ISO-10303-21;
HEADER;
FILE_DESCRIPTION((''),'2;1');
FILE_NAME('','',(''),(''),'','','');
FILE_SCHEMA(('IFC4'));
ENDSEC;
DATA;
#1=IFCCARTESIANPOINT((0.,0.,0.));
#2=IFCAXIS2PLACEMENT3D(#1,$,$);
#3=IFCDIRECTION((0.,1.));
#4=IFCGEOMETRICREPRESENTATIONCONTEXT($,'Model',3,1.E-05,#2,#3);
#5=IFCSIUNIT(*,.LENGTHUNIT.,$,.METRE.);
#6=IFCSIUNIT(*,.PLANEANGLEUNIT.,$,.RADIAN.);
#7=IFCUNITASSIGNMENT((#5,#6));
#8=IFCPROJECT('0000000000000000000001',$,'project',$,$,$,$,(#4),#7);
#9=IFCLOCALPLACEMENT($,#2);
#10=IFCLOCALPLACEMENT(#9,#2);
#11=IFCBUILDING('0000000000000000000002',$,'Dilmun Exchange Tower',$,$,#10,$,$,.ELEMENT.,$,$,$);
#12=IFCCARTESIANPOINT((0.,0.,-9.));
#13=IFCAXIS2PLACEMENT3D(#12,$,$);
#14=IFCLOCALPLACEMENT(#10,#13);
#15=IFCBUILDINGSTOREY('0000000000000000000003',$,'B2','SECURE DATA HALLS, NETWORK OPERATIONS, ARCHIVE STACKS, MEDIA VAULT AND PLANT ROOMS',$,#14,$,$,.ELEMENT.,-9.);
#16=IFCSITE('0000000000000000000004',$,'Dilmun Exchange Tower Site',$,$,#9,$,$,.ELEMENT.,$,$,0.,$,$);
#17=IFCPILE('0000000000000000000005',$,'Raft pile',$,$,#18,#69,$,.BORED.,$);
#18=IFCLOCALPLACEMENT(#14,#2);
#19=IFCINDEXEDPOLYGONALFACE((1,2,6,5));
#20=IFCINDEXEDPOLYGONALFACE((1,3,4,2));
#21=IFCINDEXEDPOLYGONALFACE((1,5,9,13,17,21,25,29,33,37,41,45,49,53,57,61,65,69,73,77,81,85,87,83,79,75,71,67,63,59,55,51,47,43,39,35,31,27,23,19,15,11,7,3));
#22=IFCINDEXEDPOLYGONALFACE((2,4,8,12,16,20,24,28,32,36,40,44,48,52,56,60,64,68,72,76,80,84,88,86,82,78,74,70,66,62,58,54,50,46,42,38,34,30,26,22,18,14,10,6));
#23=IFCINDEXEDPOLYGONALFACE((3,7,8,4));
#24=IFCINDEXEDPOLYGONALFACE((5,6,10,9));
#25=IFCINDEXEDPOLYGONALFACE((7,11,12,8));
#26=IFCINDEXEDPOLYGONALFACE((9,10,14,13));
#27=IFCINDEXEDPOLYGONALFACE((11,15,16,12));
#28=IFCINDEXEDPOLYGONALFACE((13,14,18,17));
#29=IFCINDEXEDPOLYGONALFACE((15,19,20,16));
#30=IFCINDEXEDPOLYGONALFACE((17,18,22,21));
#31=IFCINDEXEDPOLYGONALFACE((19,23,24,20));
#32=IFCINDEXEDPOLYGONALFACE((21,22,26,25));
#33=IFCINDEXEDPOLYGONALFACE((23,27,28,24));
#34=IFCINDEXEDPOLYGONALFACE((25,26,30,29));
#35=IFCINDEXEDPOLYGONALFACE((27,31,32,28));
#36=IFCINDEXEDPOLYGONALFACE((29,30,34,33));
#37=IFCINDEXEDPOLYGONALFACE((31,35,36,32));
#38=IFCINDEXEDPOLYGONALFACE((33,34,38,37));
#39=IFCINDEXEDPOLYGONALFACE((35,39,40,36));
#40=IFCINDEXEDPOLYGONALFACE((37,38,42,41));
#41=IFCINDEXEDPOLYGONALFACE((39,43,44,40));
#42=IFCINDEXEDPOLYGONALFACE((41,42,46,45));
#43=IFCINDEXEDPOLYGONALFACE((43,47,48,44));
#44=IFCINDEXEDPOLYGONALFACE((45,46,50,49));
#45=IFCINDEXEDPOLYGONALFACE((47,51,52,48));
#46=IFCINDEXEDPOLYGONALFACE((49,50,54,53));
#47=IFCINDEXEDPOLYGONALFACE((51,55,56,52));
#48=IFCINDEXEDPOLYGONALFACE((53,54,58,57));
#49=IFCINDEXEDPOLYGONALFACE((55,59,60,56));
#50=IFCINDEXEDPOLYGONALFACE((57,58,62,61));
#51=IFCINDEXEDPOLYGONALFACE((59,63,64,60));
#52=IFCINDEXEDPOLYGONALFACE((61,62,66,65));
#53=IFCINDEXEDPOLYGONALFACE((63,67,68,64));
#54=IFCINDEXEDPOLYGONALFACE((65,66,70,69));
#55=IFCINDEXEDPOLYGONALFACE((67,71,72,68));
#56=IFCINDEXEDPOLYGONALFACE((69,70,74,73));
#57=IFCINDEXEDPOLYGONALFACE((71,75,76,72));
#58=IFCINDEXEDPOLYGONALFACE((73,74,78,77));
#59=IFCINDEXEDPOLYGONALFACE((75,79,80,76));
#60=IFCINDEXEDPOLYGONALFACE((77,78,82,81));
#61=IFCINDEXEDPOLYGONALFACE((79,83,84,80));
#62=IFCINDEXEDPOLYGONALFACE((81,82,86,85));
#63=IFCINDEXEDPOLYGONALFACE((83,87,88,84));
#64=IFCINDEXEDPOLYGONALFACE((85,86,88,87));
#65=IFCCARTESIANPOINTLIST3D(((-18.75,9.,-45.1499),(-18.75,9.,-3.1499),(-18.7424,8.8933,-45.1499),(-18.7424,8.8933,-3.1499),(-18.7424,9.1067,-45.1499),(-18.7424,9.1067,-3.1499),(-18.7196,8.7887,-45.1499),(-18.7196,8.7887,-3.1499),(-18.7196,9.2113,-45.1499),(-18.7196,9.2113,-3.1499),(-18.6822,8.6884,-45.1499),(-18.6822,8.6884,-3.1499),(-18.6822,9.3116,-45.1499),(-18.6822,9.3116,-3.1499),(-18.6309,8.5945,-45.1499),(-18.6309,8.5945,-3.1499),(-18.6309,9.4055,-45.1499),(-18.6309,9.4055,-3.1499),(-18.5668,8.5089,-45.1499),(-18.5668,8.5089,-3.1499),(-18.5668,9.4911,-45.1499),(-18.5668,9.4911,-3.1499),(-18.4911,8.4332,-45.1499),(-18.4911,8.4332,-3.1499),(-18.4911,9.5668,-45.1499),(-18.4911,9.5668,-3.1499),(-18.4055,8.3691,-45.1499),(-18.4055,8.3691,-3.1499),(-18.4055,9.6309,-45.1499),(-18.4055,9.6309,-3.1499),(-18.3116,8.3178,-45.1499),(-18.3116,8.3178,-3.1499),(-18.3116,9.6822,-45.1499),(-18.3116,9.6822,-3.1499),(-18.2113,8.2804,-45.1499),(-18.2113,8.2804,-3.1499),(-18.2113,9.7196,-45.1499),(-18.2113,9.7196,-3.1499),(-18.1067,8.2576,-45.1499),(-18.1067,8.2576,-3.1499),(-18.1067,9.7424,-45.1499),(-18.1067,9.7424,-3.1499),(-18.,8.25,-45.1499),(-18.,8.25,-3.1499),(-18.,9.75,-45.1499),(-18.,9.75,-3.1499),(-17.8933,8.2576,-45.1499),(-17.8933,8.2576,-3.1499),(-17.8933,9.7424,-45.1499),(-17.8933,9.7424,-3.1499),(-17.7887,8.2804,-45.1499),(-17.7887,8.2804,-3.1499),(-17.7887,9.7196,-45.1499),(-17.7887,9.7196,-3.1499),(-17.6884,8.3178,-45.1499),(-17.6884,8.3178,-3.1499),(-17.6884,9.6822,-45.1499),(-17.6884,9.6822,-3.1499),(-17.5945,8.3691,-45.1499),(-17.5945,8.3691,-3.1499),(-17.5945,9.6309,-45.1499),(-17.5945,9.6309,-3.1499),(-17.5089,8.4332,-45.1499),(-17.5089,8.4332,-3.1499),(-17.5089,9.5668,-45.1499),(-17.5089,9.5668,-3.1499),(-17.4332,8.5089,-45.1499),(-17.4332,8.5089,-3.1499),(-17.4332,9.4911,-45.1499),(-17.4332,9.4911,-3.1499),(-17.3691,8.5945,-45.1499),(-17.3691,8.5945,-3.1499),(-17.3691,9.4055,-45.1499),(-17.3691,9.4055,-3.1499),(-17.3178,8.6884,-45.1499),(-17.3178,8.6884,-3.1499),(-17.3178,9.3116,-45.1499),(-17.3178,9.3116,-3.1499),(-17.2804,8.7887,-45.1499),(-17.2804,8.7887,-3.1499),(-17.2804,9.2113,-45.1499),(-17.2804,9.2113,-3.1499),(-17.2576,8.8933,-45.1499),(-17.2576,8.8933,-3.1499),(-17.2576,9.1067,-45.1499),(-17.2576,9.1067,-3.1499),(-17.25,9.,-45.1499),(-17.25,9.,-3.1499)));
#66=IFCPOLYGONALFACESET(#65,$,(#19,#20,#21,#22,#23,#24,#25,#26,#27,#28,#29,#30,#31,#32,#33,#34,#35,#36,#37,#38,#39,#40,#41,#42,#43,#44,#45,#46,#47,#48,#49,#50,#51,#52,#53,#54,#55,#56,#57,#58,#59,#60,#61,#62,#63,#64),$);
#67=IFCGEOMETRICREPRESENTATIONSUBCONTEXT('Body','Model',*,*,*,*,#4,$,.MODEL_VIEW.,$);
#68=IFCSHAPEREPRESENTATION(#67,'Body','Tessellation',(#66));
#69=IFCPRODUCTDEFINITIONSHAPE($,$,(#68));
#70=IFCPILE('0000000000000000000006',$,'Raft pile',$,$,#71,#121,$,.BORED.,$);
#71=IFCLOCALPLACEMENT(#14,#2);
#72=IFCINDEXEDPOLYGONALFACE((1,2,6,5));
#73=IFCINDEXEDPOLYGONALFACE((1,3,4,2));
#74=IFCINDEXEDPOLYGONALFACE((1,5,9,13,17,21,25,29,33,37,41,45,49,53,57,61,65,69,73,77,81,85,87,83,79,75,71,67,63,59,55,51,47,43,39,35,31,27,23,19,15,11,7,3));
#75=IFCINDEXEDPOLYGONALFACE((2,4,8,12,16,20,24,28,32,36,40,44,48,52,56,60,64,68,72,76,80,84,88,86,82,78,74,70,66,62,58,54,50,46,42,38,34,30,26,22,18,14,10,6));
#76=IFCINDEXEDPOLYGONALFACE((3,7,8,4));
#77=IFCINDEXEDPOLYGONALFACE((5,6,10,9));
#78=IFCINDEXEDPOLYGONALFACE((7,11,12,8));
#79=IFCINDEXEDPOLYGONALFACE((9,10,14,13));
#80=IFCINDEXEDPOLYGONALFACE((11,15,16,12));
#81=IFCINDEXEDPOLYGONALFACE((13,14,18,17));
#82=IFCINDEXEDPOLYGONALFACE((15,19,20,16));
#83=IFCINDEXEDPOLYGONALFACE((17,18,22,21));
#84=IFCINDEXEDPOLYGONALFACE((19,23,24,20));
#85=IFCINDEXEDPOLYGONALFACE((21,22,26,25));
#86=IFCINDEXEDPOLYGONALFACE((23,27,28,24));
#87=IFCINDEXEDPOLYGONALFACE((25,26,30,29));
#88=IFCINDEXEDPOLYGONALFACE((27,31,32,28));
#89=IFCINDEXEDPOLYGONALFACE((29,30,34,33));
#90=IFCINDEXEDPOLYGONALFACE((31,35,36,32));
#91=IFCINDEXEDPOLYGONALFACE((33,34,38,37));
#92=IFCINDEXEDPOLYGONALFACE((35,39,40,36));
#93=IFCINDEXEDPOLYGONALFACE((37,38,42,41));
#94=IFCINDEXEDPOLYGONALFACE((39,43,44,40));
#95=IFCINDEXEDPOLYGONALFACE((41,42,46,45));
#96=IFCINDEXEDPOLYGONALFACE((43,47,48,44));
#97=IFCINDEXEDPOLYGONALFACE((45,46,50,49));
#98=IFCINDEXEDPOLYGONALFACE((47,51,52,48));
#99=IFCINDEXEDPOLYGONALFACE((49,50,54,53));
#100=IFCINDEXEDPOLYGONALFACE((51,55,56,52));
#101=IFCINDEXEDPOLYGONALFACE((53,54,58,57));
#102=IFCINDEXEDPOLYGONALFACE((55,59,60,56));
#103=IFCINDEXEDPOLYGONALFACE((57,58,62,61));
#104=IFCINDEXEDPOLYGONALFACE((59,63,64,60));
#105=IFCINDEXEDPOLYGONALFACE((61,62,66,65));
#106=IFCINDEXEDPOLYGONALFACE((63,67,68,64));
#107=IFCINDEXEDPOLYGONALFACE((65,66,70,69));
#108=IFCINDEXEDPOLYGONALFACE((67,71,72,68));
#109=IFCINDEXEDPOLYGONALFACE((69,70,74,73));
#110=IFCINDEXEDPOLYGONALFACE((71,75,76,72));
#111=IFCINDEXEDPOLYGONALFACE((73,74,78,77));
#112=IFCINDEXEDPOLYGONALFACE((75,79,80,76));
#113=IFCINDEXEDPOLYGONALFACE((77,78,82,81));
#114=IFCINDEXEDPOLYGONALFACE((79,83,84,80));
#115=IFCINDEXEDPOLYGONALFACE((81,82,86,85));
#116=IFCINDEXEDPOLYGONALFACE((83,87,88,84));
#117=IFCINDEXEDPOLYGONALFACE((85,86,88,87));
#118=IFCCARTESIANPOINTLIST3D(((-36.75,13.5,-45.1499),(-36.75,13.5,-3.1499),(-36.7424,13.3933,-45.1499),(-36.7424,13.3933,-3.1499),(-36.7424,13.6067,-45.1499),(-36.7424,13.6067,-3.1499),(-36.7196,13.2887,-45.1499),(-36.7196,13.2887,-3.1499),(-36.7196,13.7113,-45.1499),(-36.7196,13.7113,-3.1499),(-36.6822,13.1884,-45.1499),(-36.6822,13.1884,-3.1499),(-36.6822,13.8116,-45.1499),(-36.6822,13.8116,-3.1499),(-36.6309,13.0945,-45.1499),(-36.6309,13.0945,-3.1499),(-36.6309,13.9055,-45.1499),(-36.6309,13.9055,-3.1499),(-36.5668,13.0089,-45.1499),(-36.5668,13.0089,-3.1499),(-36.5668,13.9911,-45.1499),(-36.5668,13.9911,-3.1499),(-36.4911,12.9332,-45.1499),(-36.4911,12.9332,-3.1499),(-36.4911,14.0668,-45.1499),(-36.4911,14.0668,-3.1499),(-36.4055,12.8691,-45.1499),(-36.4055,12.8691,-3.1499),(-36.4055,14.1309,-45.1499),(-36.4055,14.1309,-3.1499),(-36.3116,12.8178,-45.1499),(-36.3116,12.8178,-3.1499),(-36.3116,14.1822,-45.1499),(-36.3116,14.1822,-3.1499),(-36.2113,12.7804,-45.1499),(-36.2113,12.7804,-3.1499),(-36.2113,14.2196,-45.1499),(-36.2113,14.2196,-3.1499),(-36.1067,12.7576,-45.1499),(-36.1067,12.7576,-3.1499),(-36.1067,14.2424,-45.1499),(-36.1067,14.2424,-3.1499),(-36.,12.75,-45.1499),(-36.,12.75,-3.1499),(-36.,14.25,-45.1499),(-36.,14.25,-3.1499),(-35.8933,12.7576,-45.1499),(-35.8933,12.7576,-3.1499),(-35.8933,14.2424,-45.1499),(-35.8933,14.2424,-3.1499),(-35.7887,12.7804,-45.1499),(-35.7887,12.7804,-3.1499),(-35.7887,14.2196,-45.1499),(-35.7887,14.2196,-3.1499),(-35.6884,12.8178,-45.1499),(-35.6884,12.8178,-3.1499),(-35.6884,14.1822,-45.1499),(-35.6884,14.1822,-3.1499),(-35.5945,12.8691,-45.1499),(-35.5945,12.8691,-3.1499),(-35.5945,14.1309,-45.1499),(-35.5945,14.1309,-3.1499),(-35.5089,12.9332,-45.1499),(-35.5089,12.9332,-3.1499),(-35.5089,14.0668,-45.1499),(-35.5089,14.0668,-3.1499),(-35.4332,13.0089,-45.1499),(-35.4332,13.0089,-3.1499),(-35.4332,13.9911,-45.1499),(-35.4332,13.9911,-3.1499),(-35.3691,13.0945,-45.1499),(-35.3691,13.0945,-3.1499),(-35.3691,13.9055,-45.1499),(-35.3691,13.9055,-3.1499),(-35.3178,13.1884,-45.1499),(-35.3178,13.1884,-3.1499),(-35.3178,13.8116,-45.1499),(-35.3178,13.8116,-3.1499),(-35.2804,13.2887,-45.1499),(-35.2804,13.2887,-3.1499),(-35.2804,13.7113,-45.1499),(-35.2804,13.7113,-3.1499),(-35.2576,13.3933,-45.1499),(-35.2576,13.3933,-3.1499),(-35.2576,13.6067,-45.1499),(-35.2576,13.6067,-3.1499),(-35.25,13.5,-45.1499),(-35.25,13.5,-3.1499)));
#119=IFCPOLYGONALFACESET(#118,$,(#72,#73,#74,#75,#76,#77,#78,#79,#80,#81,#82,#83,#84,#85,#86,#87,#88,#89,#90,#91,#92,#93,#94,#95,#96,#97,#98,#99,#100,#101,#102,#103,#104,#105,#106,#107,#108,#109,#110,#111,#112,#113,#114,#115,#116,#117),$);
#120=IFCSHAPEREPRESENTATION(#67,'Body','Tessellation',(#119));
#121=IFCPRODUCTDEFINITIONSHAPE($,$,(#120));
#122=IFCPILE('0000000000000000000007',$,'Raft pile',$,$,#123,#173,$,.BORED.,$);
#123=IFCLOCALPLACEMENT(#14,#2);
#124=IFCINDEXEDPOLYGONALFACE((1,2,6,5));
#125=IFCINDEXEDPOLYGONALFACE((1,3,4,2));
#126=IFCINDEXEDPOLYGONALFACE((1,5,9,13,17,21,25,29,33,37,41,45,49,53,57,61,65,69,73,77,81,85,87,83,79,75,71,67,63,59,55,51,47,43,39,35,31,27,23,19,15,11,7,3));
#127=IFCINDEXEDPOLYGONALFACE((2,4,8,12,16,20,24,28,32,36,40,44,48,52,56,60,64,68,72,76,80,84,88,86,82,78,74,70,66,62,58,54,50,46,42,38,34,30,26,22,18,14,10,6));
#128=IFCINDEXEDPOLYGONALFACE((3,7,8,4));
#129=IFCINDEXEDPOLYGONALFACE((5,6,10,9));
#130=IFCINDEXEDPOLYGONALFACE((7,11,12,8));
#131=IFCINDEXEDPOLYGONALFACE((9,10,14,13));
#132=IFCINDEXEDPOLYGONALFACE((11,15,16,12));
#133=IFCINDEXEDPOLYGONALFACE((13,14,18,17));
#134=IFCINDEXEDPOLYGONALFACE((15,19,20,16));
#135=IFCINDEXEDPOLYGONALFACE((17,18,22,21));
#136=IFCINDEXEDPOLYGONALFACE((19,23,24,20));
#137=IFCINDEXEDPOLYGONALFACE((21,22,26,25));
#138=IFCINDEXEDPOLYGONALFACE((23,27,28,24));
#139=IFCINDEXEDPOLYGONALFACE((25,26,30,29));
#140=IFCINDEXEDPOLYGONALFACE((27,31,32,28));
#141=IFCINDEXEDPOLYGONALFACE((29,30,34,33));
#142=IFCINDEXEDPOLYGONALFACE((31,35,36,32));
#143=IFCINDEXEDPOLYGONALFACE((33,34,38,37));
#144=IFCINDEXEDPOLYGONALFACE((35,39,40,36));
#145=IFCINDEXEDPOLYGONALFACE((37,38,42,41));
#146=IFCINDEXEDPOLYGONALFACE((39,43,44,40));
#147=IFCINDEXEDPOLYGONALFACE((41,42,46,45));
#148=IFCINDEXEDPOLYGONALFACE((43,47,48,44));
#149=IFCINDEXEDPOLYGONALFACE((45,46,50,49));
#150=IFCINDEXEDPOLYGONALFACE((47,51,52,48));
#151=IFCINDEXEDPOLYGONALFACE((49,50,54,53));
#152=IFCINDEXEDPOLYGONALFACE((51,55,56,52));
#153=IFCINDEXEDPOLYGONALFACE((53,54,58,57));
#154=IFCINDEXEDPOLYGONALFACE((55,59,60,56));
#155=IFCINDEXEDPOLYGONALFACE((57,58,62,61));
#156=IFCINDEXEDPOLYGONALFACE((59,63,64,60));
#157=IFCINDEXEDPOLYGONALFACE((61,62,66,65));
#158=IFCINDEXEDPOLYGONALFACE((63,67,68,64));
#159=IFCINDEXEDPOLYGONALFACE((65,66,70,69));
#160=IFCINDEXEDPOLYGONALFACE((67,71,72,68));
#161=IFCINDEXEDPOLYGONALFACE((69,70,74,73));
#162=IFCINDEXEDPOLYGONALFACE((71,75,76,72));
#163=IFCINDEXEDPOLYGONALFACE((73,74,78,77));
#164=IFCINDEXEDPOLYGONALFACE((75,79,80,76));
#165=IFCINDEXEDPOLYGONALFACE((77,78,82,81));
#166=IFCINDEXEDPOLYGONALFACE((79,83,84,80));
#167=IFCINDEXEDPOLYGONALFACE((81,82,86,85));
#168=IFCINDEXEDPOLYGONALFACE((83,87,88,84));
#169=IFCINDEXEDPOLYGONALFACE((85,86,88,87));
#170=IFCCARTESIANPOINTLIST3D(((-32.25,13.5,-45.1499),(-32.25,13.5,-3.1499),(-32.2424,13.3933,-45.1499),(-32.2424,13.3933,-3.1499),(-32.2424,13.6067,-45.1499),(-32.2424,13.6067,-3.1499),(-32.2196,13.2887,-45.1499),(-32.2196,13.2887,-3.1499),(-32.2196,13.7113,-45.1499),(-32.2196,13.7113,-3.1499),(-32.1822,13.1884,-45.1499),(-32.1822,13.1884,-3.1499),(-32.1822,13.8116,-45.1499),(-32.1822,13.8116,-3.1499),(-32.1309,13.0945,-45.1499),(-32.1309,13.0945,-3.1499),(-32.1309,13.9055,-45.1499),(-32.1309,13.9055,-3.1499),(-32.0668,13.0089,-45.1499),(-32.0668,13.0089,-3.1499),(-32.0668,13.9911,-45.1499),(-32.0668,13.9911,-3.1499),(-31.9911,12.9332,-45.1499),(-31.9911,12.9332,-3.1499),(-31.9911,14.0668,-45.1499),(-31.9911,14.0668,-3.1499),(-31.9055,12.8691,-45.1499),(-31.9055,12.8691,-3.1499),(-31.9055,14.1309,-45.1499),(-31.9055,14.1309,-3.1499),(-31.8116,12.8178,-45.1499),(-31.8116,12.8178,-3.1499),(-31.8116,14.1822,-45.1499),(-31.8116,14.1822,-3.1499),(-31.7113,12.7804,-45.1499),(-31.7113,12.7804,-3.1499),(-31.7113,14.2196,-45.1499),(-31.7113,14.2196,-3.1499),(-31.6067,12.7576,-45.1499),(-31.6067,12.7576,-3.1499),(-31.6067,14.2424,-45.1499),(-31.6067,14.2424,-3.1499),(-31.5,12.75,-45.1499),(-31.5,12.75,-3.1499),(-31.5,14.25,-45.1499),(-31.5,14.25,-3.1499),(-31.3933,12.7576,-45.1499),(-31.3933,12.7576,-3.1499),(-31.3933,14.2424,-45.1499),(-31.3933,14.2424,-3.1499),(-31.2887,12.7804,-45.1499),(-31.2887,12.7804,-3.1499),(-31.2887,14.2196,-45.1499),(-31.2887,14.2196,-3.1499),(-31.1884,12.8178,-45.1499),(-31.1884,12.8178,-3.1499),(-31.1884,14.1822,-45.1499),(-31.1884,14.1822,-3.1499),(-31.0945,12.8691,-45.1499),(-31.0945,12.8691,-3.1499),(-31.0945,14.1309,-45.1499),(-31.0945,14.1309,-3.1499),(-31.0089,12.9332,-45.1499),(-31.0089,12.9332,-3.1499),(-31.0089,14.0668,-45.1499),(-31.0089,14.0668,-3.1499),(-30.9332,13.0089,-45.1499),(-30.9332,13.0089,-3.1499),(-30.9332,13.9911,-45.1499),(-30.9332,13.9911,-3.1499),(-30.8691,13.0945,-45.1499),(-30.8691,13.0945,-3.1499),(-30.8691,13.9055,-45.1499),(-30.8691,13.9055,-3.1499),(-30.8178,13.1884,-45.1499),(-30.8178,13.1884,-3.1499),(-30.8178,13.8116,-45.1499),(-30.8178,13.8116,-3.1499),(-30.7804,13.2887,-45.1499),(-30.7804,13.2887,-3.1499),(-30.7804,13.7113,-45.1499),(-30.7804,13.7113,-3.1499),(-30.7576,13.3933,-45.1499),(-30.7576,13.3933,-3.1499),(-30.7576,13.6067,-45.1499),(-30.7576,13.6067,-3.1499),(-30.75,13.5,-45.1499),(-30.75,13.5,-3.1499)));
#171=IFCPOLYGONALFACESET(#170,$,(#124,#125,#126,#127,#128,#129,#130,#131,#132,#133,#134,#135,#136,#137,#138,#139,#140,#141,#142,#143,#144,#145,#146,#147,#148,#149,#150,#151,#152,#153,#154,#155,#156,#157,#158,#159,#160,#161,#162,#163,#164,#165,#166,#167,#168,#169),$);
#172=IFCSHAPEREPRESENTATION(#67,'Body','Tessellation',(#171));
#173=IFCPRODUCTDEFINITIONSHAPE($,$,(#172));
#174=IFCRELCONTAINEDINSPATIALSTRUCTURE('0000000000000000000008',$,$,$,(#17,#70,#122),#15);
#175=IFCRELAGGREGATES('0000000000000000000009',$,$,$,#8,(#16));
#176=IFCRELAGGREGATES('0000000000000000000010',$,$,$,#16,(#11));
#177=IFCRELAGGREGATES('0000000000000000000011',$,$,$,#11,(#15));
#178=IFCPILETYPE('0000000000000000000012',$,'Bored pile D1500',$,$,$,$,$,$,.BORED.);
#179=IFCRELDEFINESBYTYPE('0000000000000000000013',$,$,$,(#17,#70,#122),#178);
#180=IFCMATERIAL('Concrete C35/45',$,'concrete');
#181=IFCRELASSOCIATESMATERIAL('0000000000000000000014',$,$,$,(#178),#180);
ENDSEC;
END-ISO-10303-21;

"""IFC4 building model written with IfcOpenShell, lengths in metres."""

from ifc_helpers import new_model, si_unit, direction, frame, origin, origin_2d, place, context, subcontext, project, spatial, circle, extrude, material, material_profile, profile_set, type_object, element, save


model = new_model("IFC4")

# Units and contexts
model_context = context("Model", 3, precision=1e-05, world=origin(), true_north=direction((0.0, 1.0)))
body_context = subcontext(model_context, "Body", "Model", "MODEL_VIEW")
ifc_project = project(units=[si_unit("LENGTHUNIT", "METRE"), si_unit("PLANEANGLEUNIT", "RADIAN")], contexts=[model_context])

# Site, building, storey
site_placement = place(None, origin())
site = spatial("IfcSite", under=ifc_project, at=site_placement, Name="Dilmun Exchange Tower Site", CompositionType="ELEMENT", RefElevation=0.0)
building_placement = place(site_placement, origin())
building = spatial("IfcBuilding", under=site, at=building_placement, Name="Dilmun Exchange Tower", CompositionType="ELEMENT")
storey_placement = place(building_placement, frame((0.0, 0.0, -9.0)))
storey = spatial("IfcBuildingStorey", under=building, at=storey_placement, Name="B2", Description="SECURE DATA HALLS, NETWORK OPERATIONS, ARCHIVE STACKS, MEDIA VAULT AND PLANT ROOMS", CompositionType="ELEMENT", Elevation=-9.0)

# Piles
ifc_material_1 = material(Name="Concrete C35/45", Category="concrete")
ifc_material_profile_1 = material_profile(ifc_material_1, circle(Radius=0.75, at=origin_2d()), Name="D1500")
ifc_profile_set_1 = profile_set([ifc_material_profile_1], Name="Concrete C35/45")
pile_type = type_object("IfcPileType", Name="Bored pile D1500", PredefinedType="BORED", material=ifc_profile_set_1)
for number, where, z_axis, x_axis, name in (
    (1, (-18.0, 9.0, -3.1499), (0.0, 0.0, -1.0), (1.0, 0.0, 0.0), "Raft pile"),
    (2, (-36.0, 13.5, -3.1499), (0.0, 0.0, -1.0), (1.0, 0.0, 0.0), "Raft pile"),
    (3, (-31.5, 13.5, -3.1499), (0.0, 0.0, -1.0), (1.0, 0.0, 0.0), "Raft pile"),
):
    element("IfcPile", number, at=place(storey_placement, frame(where, z_axis=z_axis, x_axis=x_axis)), inside=storey, type_object=pile_type, Name=name, PredefinedType="BORED", context=body_context, shape_type="SweptSolid", body=[
        extrude(circle(Radius=0.75, at=origin_2d()), origin(), (0.0, 0.0, 1.0), 42.0),
    ])

save(model, "model.ifc")
